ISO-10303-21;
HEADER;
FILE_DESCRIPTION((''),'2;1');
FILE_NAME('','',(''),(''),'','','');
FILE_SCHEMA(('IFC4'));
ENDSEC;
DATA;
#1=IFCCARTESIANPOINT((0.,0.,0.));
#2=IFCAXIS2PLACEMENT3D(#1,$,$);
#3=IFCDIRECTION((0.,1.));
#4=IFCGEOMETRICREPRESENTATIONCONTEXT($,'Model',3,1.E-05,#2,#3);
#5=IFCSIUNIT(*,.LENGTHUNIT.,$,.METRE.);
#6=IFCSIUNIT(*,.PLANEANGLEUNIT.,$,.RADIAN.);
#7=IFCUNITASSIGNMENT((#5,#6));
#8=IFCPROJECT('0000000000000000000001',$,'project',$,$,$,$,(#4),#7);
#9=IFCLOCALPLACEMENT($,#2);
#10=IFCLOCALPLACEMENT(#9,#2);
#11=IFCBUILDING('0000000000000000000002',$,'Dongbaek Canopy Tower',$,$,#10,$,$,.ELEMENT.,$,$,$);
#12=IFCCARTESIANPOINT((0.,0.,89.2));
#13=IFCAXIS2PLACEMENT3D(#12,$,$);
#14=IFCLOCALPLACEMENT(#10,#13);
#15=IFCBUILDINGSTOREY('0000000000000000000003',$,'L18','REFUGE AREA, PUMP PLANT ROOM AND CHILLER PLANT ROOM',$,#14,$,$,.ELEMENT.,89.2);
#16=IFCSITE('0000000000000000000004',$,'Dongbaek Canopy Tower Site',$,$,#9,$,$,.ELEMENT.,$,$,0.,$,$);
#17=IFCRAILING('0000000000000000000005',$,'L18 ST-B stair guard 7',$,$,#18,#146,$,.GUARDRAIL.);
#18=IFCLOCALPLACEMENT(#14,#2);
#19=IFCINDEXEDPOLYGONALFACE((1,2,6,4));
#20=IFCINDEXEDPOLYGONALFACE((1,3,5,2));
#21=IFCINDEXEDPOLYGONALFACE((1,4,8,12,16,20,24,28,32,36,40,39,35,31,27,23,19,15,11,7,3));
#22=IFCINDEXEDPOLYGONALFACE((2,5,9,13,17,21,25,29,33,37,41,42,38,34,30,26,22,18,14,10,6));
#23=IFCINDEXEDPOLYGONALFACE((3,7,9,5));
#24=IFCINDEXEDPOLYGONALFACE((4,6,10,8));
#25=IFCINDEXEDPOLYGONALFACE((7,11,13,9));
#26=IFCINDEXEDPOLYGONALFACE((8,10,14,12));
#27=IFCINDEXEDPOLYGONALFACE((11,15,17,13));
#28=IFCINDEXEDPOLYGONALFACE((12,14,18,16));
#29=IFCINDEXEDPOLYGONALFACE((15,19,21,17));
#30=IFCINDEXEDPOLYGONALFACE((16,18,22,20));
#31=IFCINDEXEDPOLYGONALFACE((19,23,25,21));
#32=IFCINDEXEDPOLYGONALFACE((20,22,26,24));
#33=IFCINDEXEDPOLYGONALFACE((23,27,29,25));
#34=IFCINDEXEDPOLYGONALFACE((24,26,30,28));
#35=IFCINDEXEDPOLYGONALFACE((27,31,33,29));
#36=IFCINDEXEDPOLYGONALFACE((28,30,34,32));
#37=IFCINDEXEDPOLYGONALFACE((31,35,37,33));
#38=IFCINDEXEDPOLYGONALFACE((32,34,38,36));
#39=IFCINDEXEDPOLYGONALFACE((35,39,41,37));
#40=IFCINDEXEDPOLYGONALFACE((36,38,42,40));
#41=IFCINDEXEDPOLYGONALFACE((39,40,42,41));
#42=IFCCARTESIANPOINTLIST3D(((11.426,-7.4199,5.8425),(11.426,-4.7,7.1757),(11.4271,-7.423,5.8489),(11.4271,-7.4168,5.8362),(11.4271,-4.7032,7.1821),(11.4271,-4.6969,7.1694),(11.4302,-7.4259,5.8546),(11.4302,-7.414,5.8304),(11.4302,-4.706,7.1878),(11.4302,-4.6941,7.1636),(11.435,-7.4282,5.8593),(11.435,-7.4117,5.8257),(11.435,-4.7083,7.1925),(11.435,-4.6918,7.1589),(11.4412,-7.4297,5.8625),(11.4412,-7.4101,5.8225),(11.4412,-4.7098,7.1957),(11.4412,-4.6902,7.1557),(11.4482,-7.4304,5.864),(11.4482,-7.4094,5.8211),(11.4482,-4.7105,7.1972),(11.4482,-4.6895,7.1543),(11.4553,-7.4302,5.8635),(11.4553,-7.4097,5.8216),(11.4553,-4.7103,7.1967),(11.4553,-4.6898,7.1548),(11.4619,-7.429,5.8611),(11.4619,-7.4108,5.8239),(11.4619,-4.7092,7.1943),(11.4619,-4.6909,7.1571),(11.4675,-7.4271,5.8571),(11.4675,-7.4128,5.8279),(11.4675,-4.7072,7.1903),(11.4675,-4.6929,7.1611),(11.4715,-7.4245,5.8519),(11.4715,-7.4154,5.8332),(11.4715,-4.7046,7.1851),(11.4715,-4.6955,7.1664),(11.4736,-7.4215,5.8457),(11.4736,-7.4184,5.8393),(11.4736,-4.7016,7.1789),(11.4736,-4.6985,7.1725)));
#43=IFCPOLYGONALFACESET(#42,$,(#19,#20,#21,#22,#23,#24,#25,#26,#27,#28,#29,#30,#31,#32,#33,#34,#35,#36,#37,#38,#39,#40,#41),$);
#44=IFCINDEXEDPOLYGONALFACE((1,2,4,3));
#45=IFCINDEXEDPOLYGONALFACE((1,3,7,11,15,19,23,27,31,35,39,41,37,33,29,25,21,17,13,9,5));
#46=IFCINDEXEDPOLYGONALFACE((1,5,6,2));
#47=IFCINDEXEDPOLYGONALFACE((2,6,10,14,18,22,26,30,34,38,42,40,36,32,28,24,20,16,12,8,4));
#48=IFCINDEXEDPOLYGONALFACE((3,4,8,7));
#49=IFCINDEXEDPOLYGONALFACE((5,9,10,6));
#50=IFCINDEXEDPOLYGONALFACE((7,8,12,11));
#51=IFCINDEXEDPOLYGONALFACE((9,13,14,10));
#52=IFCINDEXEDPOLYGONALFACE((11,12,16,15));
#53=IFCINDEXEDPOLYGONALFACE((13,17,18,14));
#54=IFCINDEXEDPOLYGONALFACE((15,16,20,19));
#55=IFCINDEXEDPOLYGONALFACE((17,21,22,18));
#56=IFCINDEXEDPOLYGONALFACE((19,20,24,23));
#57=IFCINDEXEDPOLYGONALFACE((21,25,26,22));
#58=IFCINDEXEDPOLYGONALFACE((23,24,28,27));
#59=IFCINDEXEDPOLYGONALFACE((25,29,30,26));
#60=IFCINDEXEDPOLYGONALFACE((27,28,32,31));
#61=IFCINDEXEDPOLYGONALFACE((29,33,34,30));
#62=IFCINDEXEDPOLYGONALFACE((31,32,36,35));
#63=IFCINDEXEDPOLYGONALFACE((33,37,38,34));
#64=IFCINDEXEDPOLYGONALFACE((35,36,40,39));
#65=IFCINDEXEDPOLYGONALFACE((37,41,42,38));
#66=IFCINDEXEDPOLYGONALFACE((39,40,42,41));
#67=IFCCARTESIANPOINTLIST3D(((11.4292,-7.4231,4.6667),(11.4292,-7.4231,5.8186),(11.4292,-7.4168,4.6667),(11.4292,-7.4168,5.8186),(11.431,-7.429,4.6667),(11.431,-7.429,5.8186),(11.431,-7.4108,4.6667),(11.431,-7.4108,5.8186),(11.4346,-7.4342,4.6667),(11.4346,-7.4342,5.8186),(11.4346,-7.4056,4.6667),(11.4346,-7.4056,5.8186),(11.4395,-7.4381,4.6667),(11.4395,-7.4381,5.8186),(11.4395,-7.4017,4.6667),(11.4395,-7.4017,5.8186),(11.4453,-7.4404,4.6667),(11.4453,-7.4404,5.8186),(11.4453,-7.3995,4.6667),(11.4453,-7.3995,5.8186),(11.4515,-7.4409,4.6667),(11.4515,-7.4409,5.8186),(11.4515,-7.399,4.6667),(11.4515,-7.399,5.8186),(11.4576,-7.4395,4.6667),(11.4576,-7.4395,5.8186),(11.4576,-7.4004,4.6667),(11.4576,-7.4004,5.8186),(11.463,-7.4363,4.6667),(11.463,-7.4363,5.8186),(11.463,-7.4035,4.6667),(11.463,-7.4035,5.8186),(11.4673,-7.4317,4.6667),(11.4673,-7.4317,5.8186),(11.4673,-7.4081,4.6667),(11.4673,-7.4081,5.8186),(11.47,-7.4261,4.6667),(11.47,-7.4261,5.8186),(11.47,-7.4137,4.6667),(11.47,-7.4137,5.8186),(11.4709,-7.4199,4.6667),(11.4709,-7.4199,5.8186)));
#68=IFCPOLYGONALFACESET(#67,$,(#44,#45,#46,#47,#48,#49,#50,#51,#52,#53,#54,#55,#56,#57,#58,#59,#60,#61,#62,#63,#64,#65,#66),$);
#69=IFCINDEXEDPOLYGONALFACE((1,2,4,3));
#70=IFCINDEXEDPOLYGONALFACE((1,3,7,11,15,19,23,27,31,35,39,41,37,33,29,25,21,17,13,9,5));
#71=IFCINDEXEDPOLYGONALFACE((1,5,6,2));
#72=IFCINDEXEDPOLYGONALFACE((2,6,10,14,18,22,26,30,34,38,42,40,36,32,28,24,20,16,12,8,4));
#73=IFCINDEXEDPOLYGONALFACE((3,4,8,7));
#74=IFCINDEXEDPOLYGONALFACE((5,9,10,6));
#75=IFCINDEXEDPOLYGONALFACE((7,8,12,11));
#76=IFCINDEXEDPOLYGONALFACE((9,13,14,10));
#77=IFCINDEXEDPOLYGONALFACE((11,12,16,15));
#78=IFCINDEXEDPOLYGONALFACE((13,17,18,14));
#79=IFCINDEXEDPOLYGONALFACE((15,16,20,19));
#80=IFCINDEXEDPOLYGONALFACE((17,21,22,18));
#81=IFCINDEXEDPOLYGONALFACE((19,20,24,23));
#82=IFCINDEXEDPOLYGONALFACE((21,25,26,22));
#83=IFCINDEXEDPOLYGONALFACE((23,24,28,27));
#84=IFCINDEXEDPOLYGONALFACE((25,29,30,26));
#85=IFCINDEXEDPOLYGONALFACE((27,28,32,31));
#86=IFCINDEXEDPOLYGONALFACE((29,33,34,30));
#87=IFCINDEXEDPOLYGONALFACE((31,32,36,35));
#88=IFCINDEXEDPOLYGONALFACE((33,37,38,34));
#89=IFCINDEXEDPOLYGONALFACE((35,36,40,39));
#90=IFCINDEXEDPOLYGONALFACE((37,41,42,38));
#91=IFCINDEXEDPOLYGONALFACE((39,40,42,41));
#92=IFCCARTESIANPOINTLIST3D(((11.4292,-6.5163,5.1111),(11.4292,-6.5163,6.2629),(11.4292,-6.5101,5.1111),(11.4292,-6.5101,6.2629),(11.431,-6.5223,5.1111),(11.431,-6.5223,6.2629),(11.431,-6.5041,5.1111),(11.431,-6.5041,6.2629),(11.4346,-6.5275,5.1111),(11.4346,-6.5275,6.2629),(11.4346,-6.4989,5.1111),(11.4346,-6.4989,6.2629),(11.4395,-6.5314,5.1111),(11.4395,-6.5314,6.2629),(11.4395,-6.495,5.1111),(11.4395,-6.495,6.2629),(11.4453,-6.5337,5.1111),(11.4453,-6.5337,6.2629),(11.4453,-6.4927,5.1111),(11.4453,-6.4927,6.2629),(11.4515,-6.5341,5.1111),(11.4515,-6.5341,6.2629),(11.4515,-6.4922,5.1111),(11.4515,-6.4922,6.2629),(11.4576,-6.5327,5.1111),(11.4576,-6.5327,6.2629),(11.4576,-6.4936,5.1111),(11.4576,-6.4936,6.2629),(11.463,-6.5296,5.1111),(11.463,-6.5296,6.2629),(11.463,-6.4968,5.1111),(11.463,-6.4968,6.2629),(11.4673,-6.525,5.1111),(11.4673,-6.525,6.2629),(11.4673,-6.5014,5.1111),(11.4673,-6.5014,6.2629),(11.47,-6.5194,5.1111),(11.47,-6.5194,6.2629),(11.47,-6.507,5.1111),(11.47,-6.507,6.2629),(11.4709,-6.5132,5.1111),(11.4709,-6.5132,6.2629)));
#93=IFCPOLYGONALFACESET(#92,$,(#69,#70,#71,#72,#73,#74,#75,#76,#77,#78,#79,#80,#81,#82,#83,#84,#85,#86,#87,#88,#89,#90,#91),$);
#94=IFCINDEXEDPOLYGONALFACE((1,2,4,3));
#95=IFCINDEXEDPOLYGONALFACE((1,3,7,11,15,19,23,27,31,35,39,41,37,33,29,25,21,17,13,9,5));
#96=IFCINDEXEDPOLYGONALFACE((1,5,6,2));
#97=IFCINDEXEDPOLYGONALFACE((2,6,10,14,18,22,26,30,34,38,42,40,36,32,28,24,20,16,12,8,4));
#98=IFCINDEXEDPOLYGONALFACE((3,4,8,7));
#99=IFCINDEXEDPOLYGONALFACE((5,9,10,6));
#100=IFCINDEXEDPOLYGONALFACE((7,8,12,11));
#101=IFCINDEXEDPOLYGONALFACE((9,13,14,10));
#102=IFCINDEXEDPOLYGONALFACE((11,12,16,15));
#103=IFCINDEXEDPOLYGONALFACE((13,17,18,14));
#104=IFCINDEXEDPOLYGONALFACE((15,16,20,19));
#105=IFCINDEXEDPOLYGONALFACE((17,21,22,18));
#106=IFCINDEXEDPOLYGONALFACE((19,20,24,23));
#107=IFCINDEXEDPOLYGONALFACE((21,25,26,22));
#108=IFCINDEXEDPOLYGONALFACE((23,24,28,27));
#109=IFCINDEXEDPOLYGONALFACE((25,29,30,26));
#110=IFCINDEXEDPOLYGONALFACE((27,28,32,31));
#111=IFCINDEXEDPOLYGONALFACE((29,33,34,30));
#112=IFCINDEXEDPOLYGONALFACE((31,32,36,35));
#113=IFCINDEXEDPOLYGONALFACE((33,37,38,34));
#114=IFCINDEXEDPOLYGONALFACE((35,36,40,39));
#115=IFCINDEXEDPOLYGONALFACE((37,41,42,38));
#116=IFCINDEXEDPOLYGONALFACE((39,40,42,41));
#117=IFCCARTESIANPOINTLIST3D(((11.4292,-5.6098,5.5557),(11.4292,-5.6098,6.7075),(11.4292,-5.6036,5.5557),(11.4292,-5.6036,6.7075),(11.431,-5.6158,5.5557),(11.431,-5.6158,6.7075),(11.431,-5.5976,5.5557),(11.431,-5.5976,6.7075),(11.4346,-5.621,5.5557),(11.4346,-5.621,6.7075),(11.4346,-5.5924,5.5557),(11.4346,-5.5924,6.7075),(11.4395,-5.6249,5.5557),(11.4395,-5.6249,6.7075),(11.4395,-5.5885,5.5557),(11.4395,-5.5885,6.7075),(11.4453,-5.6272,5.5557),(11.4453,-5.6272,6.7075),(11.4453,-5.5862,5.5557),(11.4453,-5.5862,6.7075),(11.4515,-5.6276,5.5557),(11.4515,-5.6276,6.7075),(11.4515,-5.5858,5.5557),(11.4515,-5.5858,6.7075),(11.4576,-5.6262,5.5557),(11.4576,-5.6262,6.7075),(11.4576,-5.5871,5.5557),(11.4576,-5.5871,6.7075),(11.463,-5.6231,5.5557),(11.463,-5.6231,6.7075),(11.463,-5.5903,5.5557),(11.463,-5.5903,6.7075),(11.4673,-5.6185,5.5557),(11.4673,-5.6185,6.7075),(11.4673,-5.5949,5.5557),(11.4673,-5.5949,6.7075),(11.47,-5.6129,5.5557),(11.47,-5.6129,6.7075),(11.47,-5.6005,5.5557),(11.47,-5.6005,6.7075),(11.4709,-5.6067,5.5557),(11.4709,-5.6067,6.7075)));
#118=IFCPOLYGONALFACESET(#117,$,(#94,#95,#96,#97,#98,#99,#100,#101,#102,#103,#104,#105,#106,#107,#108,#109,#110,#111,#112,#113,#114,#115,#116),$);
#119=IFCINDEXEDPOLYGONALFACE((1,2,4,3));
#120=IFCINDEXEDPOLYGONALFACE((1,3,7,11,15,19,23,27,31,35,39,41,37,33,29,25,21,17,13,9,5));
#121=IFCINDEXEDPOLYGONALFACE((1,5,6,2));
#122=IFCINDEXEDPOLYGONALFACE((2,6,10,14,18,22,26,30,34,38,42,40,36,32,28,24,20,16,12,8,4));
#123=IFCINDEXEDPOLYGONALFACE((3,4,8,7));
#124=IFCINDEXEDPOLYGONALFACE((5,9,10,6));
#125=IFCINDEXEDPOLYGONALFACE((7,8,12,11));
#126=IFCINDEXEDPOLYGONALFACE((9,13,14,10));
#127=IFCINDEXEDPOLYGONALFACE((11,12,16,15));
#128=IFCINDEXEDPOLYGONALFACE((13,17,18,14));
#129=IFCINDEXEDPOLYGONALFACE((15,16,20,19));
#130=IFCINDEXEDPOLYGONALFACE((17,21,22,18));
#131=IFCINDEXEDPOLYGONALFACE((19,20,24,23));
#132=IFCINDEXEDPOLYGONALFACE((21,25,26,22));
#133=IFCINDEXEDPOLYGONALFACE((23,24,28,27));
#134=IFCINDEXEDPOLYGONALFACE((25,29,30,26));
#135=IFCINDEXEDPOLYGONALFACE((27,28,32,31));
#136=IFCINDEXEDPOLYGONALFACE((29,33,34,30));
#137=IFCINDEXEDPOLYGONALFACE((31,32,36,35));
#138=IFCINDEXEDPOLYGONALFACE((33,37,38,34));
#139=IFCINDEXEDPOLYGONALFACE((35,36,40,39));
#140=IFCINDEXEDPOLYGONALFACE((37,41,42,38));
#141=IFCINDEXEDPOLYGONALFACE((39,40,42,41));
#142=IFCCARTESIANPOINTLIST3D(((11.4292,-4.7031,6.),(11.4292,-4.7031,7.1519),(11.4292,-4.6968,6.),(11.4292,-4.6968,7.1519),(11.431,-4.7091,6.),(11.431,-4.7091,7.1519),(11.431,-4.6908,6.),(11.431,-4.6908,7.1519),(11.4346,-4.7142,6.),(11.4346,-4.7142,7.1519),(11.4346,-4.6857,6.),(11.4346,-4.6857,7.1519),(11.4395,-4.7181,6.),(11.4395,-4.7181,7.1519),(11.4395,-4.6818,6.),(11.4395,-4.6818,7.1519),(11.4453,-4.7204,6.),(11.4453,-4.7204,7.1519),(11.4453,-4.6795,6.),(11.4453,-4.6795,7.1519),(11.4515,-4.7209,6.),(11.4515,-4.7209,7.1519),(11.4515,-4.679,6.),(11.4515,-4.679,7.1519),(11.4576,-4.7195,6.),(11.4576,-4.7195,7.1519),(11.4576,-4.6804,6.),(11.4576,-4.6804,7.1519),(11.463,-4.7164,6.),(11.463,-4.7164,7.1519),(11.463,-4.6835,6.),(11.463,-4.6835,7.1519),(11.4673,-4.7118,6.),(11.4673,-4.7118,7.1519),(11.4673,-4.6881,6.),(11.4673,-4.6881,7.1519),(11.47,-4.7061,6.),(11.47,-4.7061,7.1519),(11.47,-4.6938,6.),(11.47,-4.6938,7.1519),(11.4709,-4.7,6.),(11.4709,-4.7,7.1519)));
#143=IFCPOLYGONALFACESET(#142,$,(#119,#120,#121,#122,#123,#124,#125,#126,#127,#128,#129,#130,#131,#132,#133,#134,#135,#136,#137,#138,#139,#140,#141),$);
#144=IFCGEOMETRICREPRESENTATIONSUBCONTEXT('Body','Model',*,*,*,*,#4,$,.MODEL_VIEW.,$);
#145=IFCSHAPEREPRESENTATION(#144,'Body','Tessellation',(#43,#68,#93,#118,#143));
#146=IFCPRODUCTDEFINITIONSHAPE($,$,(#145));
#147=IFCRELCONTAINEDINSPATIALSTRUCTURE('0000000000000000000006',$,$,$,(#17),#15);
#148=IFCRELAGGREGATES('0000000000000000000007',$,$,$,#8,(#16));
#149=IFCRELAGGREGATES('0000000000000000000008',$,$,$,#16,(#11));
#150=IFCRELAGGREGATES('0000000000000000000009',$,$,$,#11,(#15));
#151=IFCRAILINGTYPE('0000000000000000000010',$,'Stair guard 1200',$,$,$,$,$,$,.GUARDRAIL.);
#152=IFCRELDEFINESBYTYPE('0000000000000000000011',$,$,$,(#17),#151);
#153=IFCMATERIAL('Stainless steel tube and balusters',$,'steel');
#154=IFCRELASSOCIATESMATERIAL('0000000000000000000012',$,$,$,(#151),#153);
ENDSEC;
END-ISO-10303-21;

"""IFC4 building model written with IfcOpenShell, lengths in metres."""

from ifc_helpers import new_model, si_unit, direction, frame, origin, origin_2d, place, context, subcontext, project, spatial, circle, extrude, material, type_object, element, save


model = new_model("IFC4")

# Units and contexts
model_context = context("Model", 3, precision=1e-05, world=origin(), true_north=direction((0.0, 1.0)))
body_context = subcontext(model_context, "Body", "Model", "MODEL_VIEW")
ifc_project = project(units=[si_unit("LENGTHUNIT", "METRE"), si_unit("PLANEANGLEUNIT", "RADIAN")], contexts=[model_context])

# Site, building, storey
site_placement = place(None, origin())
site = spatial("IfcSite", under=ifc_project, at=site_placement, Name="Dongbaek Canopy Tower Site", CompositionType="ELEMENT", RefElevation=0.0)
building_placement = place(site_placement, origin())
building = spatial("IfcBuilding", under=site, at=building_placement, Name="Dongbaek Canopy Tower", CompositionType="ELEMENT")
storey_placement = place(building_placement, frame((0.0, 0.0, 89.2)))
storey = spatial("IfcBuildingStorey", under=building, at=storey_placement, Name="L18", Description="REFUGE AREA, PUMP PLANT ROOM AND CHILLER PLANT ROOM", CompositionType="ELEMENT", Elevation=89.2)

# Railing
ifc_material_1 = material(Name="Stainless steel tube and balusters", Category="steel")
railing_type_1 = type_object("IfcRailingType", Name="Stair guard 1200", PredefinedType="GUARDRAIL", material=ifc_material_1)
railing_1_placement = place(storey_placement, frame((11.45, -7.4199, 4.6667)))
element("IfcRailing", 1, at=railing_1_placement, inside=storey, type_object=railing_type_1, Name="L18 ST-B stair guard 7", PredefinedType="GUARDRAIL", context=body_context, shape_type="SweptSolid", body=[
    extrude(circle(Radius=0.0239, at=origin_2d()), frame((0.0, 0.0, 1.1758), z_axis=(0.0, 0.897929, 0.440139), x_axis=(-1.0, 0.0, 0.0)), (0.0, 0.0, 1.0), 3.0291),
    extrude(circle(Radius=0.021, at=origin_2d()), origin(), (0.0, 0.0, 1.0), 1.1519),
    extrude(circle(Radius=0.021, at=origin_2d()), frame((0.0, 0.9067, 0.4443)), (0.0, 0.0, 1.0), 1.1519),
    extrude(circle(Radius=0.021, at=origin_2d()), frame((0.0, 1.8132, 0.8889)), (0.0, 0.0, 1.0), 1.1519),
    extrude(circle(Radius=0.021, at=origin_2d()), frame((0.0, 2.72, 1.3333)), (0.0, 0.0, 1.0), 1.1519),
])

save(model, "model.ifc")
